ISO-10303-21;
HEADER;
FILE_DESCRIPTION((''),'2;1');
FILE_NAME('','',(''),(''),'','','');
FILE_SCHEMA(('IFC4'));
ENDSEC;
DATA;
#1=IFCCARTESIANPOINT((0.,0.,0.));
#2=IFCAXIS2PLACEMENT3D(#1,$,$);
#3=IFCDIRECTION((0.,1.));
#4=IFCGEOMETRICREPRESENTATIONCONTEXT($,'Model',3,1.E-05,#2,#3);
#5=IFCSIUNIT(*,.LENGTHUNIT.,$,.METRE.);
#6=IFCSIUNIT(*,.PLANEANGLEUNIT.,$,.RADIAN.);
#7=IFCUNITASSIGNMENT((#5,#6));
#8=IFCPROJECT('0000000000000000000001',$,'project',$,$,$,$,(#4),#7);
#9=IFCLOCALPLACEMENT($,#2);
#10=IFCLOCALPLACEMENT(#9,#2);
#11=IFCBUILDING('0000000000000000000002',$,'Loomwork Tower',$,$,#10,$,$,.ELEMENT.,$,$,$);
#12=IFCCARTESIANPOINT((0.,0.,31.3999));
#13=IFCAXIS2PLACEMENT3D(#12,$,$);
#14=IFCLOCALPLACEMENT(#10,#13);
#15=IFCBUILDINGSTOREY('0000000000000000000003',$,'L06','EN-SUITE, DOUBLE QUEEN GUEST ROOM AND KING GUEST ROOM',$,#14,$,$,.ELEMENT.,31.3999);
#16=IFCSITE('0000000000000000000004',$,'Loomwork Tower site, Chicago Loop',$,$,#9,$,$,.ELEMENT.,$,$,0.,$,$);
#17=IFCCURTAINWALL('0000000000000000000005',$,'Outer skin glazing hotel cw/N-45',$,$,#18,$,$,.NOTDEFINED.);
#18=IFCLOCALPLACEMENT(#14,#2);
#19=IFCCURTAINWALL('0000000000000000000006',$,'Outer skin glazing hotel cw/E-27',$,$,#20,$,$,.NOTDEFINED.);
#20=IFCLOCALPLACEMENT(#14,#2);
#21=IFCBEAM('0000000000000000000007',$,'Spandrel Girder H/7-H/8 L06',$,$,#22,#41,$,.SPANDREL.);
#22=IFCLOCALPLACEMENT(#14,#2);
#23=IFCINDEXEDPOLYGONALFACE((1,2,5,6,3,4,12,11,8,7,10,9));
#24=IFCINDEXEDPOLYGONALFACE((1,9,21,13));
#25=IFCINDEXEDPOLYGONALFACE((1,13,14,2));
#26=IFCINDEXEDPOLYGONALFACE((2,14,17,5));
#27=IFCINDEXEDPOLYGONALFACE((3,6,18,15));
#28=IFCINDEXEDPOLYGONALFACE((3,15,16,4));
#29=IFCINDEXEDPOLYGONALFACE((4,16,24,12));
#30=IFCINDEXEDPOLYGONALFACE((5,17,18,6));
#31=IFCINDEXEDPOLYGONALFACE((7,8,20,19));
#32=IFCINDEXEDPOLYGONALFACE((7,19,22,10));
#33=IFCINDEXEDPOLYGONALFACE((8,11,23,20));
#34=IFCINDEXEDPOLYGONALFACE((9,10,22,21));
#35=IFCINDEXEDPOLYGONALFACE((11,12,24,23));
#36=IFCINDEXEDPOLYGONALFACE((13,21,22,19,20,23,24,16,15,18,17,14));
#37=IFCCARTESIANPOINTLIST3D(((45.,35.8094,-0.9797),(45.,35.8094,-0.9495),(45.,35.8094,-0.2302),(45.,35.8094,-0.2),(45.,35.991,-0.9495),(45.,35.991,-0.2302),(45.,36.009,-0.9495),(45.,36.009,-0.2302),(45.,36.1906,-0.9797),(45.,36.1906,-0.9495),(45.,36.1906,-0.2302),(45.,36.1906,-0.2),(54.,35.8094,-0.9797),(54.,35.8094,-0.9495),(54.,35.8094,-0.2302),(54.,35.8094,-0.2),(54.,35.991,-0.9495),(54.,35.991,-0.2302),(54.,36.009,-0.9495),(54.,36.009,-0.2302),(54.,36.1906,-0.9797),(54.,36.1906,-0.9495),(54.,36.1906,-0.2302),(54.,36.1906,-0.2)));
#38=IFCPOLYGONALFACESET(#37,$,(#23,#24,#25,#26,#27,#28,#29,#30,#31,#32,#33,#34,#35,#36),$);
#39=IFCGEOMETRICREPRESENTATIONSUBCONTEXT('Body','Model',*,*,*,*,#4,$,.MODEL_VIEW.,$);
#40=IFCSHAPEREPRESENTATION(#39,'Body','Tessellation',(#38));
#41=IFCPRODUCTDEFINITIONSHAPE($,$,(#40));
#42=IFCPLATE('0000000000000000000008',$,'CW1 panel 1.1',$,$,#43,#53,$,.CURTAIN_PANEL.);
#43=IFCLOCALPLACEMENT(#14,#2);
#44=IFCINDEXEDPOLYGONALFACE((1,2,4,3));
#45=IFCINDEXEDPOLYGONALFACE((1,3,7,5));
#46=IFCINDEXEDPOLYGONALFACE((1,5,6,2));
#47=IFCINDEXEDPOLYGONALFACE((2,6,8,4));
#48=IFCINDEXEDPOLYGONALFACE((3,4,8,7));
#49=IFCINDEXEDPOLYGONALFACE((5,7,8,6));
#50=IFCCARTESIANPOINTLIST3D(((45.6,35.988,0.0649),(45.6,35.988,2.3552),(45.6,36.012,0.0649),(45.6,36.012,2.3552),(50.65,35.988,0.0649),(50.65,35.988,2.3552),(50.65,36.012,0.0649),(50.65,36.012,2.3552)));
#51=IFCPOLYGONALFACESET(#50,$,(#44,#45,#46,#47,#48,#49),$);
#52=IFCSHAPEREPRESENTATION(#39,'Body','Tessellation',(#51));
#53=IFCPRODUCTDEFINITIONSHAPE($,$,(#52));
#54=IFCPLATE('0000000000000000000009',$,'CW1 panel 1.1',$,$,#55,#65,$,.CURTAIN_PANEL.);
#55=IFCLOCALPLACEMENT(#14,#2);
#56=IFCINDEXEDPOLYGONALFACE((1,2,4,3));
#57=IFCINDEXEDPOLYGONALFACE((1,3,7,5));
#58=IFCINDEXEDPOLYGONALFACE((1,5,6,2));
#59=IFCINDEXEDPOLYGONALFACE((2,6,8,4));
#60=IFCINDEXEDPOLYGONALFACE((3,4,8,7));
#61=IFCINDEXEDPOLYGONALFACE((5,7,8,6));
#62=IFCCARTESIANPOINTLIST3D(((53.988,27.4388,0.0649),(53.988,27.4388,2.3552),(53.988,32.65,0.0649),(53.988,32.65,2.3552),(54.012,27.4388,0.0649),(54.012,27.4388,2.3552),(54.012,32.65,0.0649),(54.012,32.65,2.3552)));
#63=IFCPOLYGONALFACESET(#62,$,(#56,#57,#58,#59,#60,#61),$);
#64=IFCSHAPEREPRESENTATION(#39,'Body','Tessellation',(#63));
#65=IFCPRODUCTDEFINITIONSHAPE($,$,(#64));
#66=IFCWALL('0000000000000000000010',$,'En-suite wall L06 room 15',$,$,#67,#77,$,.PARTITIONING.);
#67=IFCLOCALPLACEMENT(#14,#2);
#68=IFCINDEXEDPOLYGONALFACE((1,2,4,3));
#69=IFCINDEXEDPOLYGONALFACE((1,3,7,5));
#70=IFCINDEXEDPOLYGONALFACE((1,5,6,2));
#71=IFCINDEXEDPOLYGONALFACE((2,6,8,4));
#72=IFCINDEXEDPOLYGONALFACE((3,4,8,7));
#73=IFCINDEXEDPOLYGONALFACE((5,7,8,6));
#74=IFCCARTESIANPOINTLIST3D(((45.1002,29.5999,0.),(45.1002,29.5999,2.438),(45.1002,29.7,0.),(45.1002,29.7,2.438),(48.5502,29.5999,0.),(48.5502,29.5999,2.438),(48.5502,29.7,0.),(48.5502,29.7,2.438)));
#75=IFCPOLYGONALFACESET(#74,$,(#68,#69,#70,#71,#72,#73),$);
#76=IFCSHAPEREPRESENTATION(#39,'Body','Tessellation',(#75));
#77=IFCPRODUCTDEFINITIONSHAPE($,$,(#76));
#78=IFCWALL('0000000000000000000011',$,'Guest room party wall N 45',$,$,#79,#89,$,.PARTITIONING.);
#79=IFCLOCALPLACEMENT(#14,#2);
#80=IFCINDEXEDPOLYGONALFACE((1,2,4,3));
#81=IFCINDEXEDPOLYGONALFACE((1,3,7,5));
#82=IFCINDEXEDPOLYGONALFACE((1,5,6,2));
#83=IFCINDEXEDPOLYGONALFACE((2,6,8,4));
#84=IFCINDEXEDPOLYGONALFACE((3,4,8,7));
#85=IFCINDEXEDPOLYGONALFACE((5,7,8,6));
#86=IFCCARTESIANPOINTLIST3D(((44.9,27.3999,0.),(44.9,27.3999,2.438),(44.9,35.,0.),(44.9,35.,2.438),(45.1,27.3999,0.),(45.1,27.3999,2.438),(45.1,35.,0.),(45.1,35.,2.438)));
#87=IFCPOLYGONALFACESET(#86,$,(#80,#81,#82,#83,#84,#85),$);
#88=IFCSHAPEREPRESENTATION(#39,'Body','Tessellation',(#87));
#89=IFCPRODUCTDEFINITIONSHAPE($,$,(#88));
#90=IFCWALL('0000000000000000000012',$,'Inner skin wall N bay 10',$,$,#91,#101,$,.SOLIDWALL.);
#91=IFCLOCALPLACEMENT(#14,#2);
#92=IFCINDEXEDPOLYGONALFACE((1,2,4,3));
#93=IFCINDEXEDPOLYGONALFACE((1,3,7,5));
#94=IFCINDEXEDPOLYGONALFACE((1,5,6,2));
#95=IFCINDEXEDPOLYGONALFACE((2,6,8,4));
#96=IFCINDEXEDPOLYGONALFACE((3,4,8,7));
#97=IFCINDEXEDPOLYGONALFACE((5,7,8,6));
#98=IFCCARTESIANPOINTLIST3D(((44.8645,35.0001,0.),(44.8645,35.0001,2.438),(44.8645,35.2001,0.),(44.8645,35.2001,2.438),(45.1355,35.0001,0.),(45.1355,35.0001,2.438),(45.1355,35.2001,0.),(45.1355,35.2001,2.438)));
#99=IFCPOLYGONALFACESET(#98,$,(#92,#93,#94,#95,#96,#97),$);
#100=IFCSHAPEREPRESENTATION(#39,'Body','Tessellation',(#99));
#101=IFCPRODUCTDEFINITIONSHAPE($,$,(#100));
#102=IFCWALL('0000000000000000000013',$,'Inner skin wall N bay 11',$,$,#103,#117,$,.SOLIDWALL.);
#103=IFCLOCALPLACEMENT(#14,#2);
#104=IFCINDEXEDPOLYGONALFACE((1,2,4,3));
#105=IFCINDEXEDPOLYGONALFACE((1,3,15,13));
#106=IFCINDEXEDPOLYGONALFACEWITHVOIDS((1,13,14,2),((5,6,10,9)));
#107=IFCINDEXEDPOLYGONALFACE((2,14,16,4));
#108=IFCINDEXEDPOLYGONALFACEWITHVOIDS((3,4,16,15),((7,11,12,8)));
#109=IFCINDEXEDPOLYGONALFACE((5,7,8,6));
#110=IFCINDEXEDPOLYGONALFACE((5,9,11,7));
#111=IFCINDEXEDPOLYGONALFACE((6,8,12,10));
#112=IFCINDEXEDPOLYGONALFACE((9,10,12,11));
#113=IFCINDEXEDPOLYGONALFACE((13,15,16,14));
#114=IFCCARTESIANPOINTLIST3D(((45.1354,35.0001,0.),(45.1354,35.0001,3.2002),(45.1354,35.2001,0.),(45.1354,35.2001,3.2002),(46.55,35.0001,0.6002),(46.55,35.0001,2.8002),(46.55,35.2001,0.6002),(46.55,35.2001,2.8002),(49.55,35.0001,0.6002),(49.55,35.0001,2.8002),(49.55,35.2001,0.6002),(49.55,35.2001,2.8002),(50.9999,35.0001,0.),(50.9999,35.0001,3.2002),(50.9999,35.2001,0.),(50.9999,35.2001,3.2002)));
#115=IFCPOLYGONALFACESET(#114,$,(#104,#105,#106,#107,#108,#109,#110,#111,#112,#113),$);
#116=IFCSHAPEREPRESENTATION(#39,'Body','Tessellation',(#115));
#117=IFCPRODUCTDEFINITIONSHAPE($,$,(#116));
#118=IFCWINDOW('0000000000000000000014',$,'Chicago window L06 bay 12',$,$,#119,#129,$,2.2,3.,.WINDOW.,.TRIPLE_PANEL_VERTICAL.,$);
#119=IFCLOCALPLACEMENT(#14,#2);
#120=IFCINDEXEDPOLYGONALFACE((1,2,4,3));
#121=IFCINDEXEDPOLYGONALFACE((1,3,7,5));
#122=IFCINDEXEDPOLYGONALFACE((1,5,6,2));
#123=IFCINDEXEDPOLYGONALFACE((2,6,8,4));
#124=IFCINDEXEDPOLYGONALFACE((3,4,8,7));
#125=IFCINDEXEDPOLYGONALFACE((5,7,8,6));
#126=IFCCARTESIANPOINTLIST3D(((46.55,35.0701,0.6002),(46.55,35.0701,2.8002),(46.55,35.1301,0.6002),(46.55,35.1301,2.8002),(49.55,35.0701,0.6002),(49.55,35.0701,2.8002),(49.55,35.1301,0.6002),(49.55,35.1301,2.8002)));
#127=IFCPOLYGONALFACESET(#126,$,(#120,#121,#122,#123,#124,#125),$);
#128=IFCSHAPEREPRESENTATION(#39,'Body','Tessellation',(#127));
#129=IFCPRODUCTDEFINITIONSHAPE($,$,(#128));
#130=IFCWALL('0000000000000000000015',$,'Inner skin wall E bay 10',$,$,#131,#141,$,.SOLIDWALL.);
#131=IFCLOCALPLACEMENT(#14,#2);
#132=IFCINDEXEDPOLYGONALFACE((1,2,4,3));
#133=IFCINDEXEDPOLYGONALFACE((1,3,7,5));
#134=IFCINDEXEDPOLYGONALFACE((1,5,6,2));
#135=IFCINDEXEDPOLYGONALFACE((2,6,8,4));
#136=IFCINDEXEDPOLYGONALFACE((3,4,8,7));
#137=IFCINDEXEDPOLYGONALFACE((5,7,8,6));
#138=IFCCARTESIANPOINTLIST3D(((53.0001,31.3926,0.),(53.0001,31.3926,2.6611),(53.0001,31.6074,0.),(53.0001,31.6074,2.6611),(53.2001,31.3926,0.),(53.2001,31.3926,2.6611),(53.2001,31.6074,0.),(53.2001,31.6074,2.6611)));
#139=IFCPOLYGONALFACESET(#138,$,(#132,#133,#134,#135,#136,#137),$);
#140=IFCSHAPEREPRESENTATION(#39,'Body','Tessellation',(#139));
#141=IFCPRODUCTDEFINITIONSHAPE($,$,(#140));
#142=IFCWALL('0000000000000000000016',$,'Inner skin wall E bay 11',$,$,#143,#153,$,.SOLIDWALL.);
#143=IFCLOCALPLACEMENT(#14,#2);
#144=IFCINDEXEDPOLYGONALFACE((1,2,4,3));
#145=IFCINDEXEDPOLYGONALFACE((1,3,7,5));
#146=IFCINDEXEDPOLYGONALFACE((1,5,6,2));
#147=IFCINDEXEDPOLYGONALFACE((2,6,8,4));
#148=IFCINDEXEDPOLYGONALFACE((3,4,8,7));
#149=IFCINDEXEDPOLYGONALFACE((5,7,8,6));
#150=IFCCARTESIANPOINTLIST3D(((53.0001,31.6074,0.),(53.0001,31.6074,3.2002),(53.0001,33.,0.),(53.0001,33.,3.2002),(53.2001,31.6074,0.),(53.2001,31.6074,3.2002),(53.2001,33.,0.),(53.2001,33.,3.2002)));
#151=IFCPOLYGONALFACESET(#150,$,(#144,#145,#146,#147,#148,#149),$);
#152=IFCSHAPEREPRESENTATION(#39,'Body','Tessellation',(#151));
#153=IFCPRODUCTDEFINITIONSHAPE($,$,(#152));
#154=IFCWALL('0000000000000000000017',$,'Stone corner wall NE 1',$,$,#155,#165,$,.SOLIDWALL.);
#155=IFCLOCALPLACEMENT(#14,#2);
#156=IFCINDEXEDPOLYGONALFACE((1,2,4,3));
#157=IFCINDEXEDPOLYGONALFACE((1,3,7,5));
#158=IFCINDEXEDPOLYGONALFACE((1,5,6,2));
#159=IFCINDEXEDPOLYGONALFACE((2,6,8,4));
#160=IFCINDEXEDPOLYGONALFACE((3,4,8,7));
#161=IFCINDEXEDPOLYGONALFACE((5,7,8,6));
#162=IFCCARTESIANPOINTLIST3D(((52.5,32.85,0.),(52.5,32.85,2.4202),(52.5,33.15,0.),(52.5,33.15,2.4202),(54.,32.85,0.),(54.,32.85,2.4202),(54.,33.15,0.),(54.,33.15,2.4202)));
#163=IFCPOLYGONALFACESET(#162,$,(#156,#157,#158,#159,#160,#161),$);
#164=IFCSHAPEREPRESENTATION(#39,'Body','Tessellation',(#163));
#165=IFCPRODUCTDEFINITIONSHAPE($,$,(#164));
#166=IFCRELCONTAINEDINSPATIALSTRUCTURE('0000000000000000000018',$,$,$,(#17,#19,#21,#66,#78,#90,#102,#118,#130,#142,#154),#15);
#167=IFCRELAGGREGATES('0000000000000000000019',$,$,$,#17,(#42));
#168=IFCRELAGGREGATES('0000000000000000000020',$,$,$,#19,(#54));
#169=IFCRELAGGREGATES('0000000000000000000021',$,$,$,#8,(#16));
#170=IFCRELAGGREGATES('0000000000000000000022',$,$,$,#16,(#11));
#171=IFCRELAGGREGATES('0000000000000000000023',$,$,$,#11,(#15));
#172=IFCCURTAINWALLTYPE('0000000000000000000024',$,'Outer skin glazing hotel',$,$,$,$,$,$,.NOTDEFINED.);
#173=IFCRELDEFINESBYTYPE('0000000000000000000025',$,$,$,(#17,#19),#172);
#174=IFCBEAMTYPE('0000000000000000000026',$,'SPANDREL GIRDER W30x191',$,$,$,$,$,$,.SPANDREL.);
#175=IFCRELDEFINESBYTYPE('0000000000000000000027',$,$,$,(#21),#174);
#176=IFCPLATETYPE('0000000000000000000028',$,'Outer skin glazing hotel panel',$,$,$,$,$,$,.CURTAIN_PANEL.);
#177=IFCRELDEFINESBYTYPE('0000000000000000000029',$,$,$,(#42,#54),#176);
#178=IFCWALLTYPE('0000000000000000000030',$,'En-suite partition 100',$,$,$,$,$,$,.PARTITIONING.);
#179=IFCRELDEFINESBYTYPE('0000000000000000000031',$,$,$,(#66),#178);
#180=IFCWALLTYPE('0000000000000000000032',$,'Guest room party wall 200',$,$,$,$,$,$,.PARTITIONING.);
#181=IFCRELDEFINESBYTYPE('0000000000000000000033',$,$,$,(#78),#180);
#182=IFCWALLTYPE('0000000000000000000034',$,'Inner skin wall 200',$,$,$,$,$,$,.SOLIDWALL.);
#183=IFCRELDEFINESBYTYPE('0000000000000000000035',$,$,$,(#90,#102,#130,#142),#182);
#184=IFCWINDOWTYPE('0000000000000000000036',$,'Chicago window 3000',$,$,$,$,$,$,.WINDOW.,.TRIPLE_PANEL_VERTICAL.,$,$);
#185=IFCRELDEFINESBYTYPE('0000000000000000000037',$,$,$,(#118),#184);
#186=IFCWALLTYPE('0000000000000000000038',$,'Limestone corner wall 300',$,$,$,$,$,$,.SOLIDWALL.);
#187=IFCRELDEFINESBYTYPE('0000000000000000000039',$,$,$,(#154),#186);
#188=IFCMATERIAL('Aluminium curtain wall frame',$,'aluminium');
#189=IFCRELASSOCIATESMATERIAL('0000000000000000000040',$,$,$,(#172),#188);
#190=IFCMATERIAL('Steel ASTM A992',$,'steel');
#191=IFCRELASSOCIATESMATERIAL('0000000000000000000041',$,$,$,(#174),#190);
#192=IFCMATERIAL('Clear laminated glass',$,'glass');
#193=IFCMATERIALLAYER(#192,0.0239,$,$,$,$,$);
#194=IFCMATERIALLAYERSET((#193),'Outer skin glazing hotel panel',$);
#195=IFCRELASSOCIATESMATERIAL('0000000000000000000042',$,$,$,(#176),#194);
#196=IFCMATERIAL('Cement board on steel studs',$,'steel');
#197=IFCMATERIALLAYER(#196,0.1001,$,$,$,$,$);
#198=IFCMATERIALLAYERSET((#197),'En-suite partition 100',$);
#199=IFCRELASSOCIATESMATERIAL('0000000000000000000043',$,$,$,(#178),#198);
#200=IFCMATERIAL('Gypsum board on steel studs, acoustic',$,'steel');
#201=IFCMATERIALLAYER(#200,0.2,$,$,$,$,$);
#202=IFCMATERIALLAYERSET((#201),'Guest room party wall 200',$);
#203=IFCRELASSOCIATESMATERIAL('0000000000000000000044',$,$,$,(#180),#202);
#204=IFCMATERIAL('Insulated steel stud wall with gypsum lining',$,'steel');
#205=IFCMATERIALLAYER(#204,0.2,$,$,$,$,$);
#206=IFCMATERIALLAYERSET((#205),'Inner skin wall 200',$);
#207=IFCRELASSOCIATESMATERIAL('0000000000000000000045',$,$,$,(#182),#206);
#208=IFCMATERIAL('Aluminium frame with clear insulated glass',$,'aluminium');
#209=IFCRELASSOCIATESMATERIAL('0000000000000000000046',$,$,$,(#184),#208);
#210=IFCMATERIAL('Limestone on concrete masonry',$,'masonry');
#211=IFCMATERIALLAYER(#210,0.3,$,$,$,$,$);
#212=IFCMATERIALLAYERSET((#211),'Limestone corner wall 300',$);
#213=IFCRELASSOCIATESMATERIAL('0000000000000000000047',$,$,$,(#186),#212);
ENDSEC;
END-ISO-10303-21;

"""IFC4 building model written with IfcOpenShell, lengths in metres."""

from ifc_helpers import new_model, si_unit, direction, frame, frame_2d, origin, origin_2d, place, context, subcontext, project, spatial, rectangle, i_section, extrude, material, layer, layer_set, material_profile, profile_set, type_object, element, fill, aggregate, save


model = new_model("IFC4")

# Units and contexts
model_context = context("Model", 3, precision=1e-05, world=origin(), true_north=direction((0.0, 1.0)))
body_context = subcontext(model_context, "Body", "Model", "MODEL_VIEW")
ifc_project = project(units=[si_unit("LENGTHUNIT", "METRE"), si_unit("PLANEANGLEUNIT", "RADIAN")], contexts=[model_context])

# Site, building, storey
site_placement = place(None, origin())
site = spatial("IfcSite", under=ifc_project, at=site_placement, Name="Loomwork Tower site, Chicago Loop", CompositionType="ELEMENT", RefElevation=0.0)
building_placement = place(site_placement, origin())
building = spatial("IfcBuilding", under=site, at=building_placement, Name="Loomwork Tower", CompositionType="ELEMENT")
storey_placement = place(building_placement, frame((0.0, 0.0, 31.3999)))
storey = spatial("IfcBuildingStorey", under=building, at=storey_placement, Name="L06", Description="EN-SUITE, DOUBLE QUEEN GUEST ROOM AND KING GUEST ROOM", CompositionType="ELEMENT", Elevation=31.3999)

# Shared definitions
ifc_material_1 = material(Name="Aluminium curtain wall frame", Category="aluminium")
curtain_wall_type = type_object("IfcCurtainWallType", Name="Outer skin glazing hotel", PredefinedType="NOTDEFINED", material=ifc_material_1)

# Curtain wall
curtain_wall_1_placement = place(storey_placement, origin())
curtain_wall_1 = element("IfcCurtainWall", 1, at=curtain_wall_1_placement, inside=storey, type_object=curtain_wall_type, Name="Outer skin glazing hotel cw/N-45", PredefinedType="NOTDEFINED")

# Curtain wall
curtain_wall_2_placement = place(storey_placement, origin())
curtain_wall_2 = element("IfcCurtainWall", 2, at=curtain_wall_2_placement, inside=storey, type_object=curtain_wall_type, Name="Outer skin glazing hotel cw/E-27", PredefinedType="NOTDEFINED")

# Beam
ifc_material_2 = material(Name="Steel ASTM A992", Category="steel")
ifc_material_profile_1 = material_profile(ifc_material_2, i_section(OverallWidth=0.3811, OverallDepth=0.7798, WebThickness=0.0181, FlangeThickness=0.0303, at=origin_2d()), Name="W30x191")
ifc_profile_set_1 = profile_set([ifc_material_profile_1], Name="Steel ASTM A992")
beam_type_1 = type_object("IfcBeamType", Name="SPANDREL GIRDER W30x191", PredefinedType="SPANDREL", material=ifc_profile_set_1)
beam_1_placement = place(storey_placement, frame((45.0, 36.0, -0.5898), z_axis=(1.0, 0.0, 0.0), x_axis=(0.0, 1.0, 0.0)))
element("IfcBeam", 3, at=beam_1_placement, inside=storey, type_object=beam_type_1, Name="Spandrel Girder H/7-H/8 L06", PredefinedType="SPANDREL", context=body_context, shape_type="SweptSolid", body=[
    extrude(i_section(OverallWidth=0.3811, OverallDepth=0.7798, WebThickness=0.0181, FlangeThickness=0.0303, at=origin_2d()), origin(), (0.0, 0.0, 1.0), 9.0),
])

# Plates
ifc_material_3 = material(Name="Clear laminated glass", Category="glass")
ifc_layer_1 = layer(ifc_material_3, 0.0239)
ifc_layer_set_1 = layer_set([ifc_layer_1], Name="Outer skin glazing hotel panel")
plate_type = type_object("IfcPlateType", Name="Outer skin glazing hotel panel", PredefinedType="CURTAIN_PANEL", material=ifc_layer_set_1)
plate_1_placement = place(storey_placement, frame((48.125, 36.0, 0.0649), z_axis=(0.0, 0.0, 1.0), x_axis=(-1.0, 0.0, 0.0)))
plate_1 = element("IfcPlate", 4, at=plate_1_placement, type_object=plate_type, Name="CW1 panel 1.1", PredefinedType="CURTAIN_PANEL", context=body_context, shape_type="SweptSolid", body=[
    extrude(rectangle(XDim=5.05, YDim=0.0239, at=origin_2d()), origin(), (0.0, 0.0, 1.0), 2.2903),
])
aggregate(curtain_wall_1, [plate_1])
plate_2_placement = place(storey_placement, frame((54.0, 30.0444, 0.0649), z_axis=(0.0, 0.0, 1.0), x_axis=(0.0, 1.0, 0.0)))
plate_2 = element("IfcPlate", 5, at=plate_2_placement, type_object=plate_type, Name="CW1 panel 1.1", PredefinedType="CURTAIN_PANEL", context=body_context, shape_type="SweptSolid", body=[
    extrude(rectangle(XDim=5.2112, YDim=0.0239, at=origin_2d()), origin(), (0.0, 0.0, 1.0), 2.2903),
])
aggregate(curtain_wall_2, [plate_2])

# Walls
ifc_material_4 = material(Name="Cement board on steel studs", Category="steel")
ifc_layer_2 = layer(ifc_material_4, 0.1001)
ifc_layer_set_2 = layer_set([ifc_layer_2], Name="En-suite partition 100")
wall_type_1 = type_object("IfcWallType", Name="En-suite partition 100", PredefinedType="PARTITIONING", material=ifc_layer_set_2)
wall_1_placement = place(storey_placement, frame((45.1001, 29.6499, 0.0), z_axis=(0.0, 0.0, 1.0), x_axis=(1.0, 0.0, 0.0)))
element("IfcWall", 6, at=wall_1_placement, inside=storey, type_object=wall_type_1, Name="En-suite wall L06 room 15", PredefinedType="PARTITIONING", context=body_context, shape_type="SweptSolid", body=[
    extrude(rectangle(XDim=3.45, YDim=0.1001, at=frame_2d((1.7251, 0.0))), origin(), (0.0, 0.0, 1.0), 2.438),
])
ifc_material_5 = material(Name="Gypsum board on steel studs, acoustic", Category="steel")
ifc_layer_3 = layer(ifc_material_5, 0.2)
ifc_layer_set_3 = layer_set([ifc_layer_3], Name="Guest room party wall 200")
wall_type_2 = type_object("IfcWallType", Name="Guest room party wall 200", PredefinedType="PARTITIONING", material=ifc_layer_set_3)
wall_2_placement = place(storey_placement, frame((45.0, 27.3999, 0.0), z_axis=(0.0, 0.0, 1.0), x_axis=(0.0, 1.0, 0.0)))
element("IfcWall", 7, at=wall_2_placement, inside=storey, type_object=wall_type_2, Name="Guest room party wall N 45", PredefinedType="PARTITIONING", context=body_context, shape_type="SweptSolid", body=[
    extrude(rectangle(XDim=7.6001, YDim=0.2, at=frame_2d((3.8, 0.0))), origin(), (0.0, 0.0, 1.0), 2.438),
])
ifc_material_6 = material(Name="Insulated steel stud wall with gypsum lining", Category="steel")
ifc_layer_4 = layer(ifc_material_6, 0.2)
ifc_layer_set_4 = layer_set([ifc_layer_4], Name="Inner skin wall 200")
wall_type_3 = type_object("IfcWallType", Name="Inner skin wall 200", PredefinedType="SOLIDWALL", material=ifc_layer_set_4)
wall_3_placement = place(storey_placement, frame((44.8645, 35.1001, 0.0), z_axis=(0.0, 0.0, 1.0), x_axis=(1.0, 0.0, 0.0)))
element("IfcWall", 8, at=wall_3_placement, inside=storey, type_object=wall_type_3, Name="Inner skin wall N bay 10", PredefinedType="SOLIDWALL", context=body_context, shape_type="SweptSolid", body=[
    extrude(rectangle(XDim=0.271, YDim=0.2, at=frame_2d((0.1355, 0.0))), origin(), (0.0, 0.0, 1.0), 2.438),
])

# Wall, opening, window
wall_4_placement = place(storey_placement, frame((45.1355, 35.1001, 0.0), z_axis=(0.0, 0.0, 1.0), x_axis=(1.0, 0.0, 0.0)))
wall_4 = element("IfcWall", 9, at=wall_4_placement, inside=storey, type_object=wall_type_3, Name="Inner skin wall N bay 11", PredefinedType="SOLIDWALL", context=body_context, shape_type="SweptSolid", body=[
    extrude(rectangle(XDim=5.8645, YDim=0.2, at=frame_2d((2.9321, 0.0))), origin(), (0.0, 0.0, 1.0), 3.2002),
])
opening_1_placement = place(wall_4_placement, frame((1.4146, 0.0, 0.6001)))
opening_1 = element("IfcOpeningElement", 10, at=opening_1_placement, cuts=wall_4, PredefinedType="OPENING", context=body_context, shape_type="SweptSolid", body=[
    extrude(rectangle(XDim=3.0, YDim=2.2, at=frame_2d((1.5, 1.1001))), frame((0.0, 0.1099, 0.0), z_axis=(0.0, -1.0, 0.0), x_axis=(1.0, 0.0, 0.0)), (0.0, 0.0, 1.0), 0.22),
])
ifc_material_7 = material(Name="Aluminium frame with clear insulated glass", Category="aluminium")
window_type_1 = type_object("IfcWindowType", Name="Chicago window 3000", PartitioningType="TRIPLE_PANEL_VERTICAL", PredefinedType="WINDOW", material=ifc_material_7)
window_1_placement = place(opening_1_placement, origin())
window_1 = element("IfcWindow", 11, at=window_1_placement, inside=storey, type_object=window_type_1, Name="Chicago window L06 bay 12", OverallHeight=2.2, OverallWidth=3.0, PartitioningType="TRIPLE_PANEL_VERTICAL", PredefinedType="WINDOW", context=body_context, shape_type="SweptSolid", body=[
    extrude(rectangle(XDim=3.0, YDim=2.2, at=frame_2d((1.5, 1.1001))), frame((0.0, 0.03, 0.0), z_axis=(0.0, -1.0, 0.0), x_axis=(1.0, 0.0, 0.0)), (0.0, 0.0, 1.0), 0.0601),
])
fill(opening_1, window_1)

# Walls
wall_5_placement = place(storey_placement, frame((53.1001, 31.3926, 0.0), z_axis=(0.0, 0.0, 1.0), x_axis=(0.0, 1.0, 0.0)))
element("IfcWall", 12, at=wall_5_placement, inside=storey, type_object=wall_type_3, Name="Inner skin wall E bay 10", PredefinedType="SOLIDWALL", context=body_context, shape_type="SweptSolid", body=[
    extrude(rectangle(XDim=0.2148, YDim=0.2, at=frame_2d((0.1074, 0.0))), origin(), (0.0, 0.0, 1.0), 2.6611),
])
wall_6_placement = place(storey_placement, frame((53.1001, 31.6074, 0.0), z_axis=(0.0, 0.0, 1.0), x_axis=(0.0, 1.0, 0.0)))
element("IfcWall", 13, at=wall_6_placement, inside=storey, type_object=wall_type_3, Name="Inner skin wall E bay 11", PredefinedType="SOLIDWALL", context=body_context, shape_type="SweptSolid", body=[
    extrude(rectangle(XDim=1.3926, YDim=0.2, at=frame_2d((0.6963, 0.0))), origin(), (0.0, 0.0, 1.0), 3.2002),
])
ifc_material_8 = material(Name="Limestone on concrete masonry", Category="masonry")
ifc_layer_5 = layer(ifc_material_8, 0.3)
ifc_layer_set_5 = layer_set([ifc_layer_5], Name="Limestone corner wall 300")
wall_type_4 = type_object("IfcWallType", Name="Limestone corner wall 300", PredefinedType="SOLIDWALL", material=ifc_layer_set_5)
wall_7_placement = place(storey_placement, frame((54.0, 33.0, 0.0), z_axis=(0.0, 0.0, 1.0), x_axis=(-1.0, 0.0, 0.0)))
element("IfcWall", 14, at=wall_7_placement, inside=storey, type_object=wall_type_4, Name="Stone corner wall NE 1", PredefinedType="SOLIDWALL", context=body_context, shape_type="SweptSolid", body=[
    extrude(rectangle(XDim=1.5, YDim=0.3, at=frame_2d((0.75, 0.0))), origin(), (0.0, 0.0, 1.0), 2.4202),
])

save(model, "model.ifc")
